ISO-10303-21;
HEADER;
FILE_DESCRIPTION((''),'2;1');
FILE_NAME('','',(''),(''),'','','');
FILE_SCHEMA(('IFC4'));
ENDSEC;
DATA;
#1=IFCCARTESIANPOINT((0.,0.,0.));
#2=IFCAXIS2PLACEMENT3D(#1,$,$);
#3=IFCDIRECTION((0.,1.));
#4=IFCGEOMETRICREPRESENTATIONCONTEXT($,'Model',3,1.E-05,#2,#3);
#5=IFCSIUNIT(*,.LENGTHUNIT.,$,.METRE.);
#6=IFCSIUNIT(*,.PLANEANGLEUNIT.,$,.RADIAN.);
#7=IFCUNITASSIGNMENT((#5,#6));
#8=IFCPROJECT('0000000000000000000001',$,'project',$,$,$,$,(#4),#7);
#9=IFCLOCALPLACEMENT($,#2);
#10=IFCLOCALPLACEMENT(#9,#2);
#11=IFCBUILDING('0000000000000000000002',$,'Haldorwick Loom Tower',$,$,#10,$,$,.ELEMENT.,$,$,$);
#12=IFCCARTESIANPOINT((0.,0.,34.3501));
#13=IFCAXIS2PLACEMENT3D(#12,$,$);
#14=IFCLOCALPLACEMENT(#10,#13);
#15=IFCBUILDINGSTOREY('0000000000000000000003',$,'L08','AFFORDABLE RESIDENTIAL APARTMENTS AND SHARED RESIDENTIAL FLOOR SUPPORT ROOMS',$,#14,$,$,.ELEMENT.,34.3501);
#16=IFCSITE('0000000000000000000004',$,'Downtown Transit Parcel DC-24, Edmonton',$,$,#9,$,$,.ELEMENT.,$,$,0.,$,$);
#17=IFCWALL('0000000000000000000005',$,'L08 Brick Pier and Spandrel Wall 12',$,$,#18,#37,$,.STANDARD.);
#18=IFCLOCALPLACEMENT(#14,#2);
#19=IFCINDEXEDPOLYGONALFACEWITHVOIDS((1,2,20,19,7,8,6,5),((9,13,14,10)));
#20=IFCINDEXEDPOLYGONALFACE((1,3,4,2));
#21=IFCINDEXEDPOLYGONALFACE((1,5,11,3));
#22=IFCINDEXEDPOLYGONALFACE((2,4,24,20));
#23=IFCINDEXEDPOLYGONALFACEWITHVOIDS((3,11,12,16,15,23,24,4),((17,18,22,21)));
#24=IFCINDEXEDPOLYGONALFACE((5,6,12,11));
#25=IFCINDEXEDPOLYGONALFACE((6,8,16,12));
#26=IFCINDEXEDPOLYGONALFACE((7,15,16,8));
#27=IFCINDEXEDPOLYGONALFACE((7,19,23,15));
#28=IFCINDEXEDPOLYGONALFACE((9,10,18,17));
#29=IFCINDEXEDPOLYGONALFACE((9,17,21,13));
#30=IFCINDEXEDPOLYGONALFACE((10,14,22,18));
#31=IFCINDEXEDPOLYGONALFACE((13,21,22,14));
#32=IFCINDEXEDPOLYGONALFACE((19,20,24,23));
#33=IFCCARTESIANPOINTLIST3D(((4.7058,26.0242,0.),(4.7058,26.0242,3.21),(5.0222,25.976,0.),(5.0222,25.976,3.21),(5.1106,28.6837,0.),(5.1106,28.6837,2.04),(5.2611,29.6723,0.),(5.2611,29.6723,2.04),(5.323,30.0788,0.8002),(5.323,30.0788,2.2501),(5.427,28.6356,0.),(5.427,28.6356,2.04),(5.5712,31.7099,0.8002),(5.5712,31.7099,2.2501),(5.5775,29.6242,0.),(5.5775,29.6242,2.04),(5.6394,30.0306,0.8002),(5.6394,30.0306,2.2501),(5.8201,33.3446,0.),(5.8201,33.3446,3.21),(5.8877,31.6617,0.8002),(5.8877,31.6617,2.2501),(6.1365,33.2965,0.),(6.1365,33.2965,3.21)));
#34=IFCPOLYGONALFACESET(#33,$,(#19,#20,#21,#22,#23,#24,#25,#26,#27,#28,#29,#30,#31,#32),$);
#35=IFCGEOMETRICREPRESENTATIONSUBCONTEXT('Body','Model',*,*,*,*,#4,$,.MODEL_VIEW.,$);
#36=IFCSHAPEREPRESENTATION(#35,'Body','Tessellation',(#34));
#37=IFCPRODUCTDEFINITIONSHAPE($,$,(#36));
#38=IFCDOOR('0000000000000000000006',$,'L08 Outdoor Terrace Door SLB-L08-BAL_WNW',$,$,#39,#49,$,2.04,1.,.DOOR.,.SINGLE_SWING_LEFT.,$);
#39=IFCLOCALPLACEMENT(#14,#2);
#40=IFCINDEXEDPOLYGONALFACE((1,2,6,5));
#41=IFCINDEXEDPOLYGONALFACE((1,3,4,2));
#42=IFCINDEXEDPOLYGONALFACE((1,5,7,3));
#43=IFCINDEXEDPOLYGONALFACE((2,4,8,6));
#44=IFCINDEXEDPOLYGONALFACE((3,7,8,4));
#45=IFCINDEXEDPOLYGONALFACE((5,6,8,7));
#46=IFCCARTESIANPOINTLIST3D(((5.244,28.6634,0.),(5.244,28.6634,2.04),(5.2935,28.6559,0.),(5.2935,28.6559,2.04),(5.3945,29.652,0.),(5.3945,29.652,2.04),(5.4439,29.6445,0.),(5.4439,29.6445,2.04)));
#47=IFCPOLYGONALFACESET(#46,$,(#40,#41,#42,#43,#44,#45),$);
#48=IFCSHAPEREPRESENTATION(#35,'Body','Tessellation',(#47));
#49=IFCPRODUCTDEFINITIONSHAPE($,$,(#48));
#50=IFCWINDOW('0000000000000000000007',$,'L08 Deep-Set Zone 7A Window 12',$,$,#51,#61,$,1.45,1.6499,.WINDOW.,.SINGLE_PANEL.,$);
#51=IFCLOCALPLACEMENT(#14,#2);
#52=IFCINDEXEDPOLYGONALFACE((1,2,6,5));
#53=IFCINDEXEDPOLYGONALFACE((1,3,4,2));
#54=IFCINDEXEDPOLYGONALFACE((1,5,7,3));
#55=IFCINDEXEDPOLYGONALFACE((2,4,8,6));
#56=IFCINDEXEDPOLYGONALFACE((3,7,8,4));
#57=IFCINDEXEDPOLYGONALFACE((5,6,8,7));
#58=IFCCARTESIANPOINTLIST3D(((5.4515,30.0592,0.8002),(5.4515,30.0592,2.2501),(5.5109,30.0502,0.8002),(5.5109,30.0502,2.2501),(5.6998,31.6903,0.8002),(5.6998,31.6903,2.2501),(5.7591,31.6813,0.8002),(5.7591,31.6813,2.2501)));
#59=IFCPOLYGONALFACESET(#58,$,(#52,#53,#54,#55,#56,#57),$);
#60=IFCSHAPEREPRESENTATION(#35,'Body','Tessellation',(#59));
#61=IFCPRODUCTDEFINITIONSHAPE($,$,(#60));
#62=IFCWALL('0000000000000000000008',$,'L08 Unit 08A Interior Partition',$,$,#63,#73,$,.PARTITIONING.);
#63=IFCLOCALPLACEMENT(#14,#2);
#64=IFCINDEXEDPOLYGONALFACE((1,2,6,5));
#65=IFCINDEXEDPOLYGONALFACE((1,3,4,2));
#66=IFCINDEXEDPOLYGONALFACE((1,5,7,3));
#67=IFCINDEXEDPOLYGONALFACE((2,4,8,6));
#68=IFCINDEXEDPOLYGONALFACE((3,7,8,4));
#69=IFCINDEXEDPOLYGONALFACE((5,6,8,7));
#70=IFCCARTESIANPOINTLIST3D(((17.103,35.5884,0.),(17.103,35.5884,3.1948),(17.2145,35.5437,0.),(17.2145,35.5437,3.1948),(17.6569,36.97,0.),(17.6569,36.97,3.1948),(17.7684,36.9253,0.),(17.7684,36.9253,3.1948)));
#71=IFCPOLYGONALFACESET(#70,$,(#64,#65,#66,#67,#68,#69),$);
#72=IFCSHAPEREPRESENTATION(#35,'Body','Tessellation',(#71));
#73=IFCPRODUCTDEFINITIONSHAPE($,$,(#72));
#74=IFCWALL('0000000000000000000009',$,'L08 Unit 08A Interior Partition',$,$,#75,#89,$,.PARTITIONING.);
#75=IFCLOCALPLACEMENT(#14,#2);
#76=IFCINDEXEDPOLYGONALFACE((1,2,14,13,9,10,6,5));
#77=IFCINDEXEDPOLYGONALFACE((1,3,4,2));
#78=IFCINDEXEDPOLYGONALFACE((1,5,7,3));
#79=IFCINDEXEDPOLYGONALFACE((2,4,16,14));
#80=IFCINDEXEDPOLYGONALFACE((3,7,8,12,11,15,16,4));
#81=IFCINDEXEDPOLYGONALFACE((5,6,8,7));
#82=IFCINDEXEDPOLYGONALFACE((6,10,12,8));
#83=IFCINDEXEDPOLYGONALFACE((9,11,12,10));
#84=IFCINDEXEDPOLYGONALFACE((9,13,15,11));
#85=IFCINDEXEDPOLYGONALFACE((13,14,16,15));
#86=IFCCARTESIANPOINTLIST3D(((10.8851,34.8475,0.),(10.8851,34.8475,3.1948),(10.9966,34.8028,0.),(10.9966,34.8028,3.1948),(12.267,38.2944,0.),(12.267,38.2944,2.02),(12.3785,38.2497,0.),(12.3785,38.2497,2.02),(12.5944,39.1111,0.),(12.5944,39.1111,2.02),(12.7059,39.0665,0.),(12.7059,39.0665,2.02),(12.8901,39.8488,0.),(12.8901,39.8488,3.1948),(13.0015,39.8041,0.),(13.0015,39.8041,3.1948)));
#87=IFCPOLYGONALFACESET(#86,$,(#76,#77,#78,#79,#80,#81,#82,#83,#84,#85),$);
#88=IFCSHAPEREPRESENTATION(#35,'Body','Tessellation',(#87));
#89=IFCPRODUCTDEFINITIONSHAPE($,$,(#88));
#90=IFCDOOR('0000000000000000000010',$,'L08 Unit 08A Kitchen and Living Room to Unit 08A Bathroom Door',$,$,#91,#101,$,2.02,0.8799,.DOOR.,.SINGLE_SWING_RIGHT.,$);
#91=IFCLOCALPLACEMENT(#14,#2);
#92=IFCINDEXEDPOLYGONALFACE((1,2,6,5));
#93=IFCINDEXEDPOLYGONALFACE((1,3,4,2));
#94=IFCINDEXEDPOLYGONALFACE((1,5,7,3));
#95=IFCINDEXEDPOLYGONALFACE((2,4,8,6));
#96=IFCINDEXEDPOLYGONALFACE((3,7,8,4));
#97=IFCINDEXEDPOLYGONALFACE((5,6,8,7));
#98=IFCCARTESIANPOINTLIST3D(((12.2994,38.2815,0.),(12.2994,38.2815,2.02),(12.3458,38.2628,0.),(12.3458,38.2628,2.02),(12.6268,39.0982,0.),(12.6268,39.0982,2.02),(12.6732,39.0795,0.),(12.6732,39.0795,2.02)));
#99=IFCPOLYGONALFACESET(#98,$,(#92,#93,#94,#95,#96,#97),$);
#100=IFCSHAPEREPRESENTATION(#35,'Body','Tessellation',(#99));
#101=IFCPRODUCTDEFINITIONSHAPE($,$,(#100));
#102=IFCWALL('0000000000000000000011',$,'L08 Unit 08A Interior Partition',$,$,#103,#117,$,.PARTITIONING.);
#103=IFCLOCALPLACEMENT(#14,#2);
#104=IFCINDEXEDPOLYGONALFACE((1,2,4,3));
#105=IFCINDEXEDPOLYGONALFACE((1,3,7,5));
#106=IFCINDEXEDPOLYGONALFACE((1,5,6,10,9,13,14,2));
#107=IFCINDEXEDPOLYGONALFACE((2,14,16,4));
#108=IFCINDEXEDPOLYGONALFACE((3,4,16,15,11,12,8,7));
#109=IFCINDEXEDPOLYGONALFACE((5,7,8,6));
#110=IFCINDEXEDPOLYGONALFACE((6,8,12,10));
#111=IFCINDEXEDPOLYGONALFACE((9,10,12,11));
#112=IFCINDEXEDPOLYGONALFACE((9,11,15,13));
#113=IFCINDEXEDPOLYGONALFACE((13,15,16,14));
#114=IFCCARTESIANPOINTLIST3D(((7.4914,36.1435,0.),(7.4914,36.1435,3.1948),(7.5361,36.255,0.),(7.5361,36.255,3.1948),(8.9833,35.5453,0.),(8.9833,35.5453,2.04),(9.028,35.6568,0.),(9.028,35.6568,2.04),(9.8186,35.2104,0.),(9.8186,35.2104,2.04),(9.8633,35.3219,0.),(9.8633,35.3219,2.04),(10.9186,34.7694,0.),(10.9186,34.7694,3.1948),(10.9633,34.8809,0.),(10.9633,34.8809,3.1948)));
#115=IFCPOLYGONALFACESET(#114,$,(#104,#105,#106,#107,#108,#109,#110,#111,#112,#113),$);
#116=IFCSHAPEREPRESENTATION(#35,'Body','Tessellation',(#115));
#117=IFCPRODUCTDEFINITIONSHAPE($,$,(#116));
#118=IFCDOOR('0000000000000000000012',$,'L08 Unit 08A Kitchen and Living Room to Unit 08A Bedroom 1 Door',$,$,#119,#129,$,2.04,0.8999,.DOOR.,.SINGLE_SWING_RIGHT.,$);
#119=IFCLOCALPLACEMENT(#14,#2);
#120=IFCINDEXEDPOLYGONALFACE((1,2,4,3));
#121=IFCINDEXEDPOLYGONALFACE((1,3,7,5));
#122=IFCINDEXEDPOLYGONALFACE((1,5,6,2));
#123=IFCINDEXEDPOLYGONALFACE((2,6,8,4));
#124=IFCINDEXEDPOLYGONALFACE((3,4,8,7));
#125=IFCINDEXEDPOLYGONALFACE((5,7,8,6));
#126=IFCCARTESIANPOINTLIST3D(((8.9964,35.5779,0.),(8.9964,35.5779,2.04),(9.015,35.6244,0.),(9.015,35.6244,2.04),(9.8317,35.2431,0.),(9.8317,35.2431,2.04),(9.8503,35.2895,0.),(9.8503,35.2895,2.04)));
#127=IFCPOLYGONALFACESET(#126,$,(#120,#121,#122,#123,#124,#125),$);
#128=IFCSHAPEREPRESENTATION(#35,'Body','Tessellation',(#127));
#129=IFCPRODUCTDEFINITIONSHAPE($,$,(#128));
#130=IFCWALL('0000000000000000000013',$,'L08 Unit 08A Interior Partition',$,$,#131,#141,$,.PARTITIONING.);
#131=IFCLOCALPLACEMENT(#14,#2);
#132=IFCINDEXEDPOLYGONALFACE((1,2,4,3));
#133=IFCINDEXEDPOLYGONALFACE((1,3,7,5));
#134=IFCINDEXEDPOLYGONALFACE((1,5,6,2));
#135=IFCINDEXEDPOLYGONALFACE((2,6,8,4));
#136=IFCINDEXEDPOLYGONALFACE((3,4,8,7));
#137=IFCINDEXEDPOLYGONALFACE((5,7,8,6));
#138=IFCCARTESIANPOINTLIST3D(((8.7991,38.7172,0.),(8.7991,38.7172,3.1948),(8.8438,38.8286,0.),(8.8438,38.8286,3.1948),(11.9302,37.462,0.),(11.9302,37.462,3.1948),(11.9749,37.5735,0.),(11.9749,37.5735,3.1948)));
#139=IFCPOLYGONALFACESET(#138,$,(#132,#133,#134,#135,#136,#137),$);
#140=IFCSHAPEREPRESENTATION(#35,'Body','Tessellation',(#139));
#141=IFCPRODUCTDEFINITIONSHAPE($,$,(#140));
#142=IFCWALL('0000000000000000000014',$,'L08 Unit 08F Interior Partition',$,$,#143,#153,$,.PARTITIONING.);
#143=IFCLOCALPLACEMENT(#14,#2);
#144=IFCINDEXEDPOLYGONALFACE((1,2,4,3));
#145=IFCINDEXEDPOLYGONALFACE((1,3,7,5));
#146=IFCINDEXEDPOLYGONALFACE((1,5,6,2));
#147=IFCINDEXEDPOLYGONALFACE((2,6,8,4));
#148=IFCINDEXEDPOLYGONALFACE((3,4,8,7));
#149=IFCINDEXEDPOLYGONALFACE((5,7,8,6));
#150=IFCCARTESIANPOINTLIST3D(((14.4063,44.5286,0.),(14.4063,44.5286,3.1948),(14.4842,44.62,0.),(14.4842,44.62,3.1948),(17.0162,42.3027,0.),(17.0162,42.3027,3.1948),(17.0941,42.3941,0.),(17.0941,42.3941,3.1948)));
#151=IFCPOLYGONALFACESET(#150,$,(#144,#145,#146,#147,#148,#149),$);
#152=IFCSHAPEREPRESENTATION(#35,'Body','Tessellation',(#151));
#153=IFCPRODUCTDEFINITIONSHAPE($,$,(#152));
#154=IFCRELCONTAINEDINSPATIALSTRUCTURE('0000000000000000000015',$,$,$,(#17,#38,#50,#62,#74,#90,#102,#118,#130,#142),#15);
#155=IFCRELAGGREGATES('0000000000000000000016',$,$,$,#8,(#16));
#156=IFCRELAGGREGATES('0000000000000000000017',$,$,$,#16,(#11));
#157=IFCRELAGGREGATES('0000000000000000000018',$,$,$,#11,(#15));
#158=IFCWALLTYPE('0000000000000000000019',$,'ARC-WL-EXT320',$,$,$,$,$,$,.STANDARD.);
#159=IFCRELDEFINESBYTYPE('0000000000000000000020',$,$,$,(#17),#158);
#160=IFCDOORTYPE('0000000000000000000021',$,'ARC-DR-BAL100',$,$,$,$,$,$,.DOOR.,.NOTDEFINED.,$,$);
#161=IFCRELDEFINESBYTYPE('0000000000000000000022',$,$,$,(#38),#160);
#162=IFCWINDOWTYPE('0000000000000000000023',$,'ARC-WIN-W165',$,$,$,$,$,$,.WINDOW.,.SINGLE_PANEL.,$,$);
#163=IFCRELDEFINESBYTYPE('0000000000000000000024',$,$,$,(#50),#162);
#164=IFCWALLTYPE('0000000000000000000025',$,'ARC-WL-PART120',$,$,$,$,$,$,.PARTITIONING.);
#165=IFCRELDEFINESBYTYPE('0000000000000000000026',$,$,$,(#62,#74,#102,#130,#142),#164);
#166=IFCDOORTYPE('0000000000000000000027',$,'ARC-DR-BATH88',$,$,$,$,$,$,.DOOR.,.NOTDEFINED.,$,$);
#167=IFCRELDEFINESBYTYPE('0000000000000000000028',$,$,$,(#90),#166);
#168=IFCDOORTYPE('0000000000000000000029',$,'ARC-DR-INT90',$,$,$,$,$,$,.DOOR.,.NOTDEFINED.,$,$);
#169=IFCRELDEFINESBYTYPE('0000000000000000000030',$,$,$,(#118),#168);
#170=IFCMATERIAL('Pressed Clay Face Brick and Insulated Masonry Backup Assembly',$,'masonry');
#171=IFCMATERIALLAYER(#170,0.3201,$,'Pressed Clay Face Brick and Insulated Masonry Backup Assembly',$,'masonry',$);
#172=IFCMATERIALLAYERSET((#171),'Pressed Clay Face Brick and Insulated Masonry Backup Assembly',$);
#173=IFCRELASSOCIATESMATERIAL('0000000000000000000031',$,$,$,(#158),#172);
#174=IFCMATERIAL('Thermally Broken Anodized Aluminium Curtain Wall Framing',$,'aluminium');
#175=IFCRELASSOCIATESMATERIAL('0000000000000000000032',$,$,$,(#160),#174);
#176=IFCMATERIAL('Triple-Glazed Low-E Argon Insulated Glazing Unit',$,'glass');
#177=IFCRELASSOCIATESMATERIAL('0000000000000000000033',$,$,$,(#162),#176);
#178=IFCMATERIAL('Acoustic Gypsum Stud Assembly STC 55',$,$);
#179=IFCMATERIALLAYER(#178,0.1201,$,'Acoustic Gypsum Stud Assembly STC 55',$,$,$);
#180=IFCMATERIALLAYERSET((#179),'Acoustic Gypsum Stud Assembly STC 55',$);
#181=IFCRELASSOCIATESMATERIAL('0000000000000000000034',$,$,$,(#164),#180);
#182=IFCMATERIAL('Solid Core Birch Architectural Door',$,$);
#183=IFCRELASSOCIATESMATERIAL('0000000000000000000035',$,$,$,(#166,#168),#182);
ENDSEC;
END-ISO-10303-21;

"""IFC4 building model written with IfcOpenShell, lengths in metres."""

from ifc_helpers import new_model, si_unit, direction, frame, frame_2d, origin, place, context, subcontext, project, spatial, rectangle, extrude, material, layer, layer_set, type_object, element, fill, save


model = new_model("IFC4")

# Units and contexts
model_context = context("Model", 3, precision=1e-05, world=origin(), true_north=direction((0.0, 1.0)))
body_context = subcontext(model_context, "Body", "Model", "MODEL_VIEW")
ifc_project = project(units=[si_unit("LENGTHUNIT", "METRE"), si_unit("PLANEANGLEUNIT", "RADIAN")], contexts=[model_context])

# Site, building, storey
site_placement = place(None, origin())
site = spatial("IfcSite", under=ifc_project, at=site_placement, Name="Downtown Transit Parcel DC-24, Edmonton", CompositionType="ELEMENT", RefElevation=0.0)
building_placement = place(site_placement, origin())
building = spatial("IfcBuilding", under=site, at=building_placement, Name="Haldorwick Loom Tower", CompositionType="ELEMENT")
storey_placement = place(building_placement, frame((0.0, 0.0, 34.3501)))
storey = spatial("IfcBuildingStorey", under=building, at=storey_placement, Name="L08", Description="AFFORDABLE RESIDENTIAL APARTMENTS AND SHARED RESIDENTIAL FLOOR SUPPORT ROOMS", CompositionType="ELEMENT", Elevation=34.3501)

# Shared definitions
ifc_material_1 = material(Name="Pressed Clay Face Brick and Insulated Masonry Backup Assembly", Category="masonry")
ifc_layer_1 = layer(ifc_material_1, 0.3201, Name="Pressed Clay Face Brick and Insulated Masonry Backup Assembly", Category="masonry")
ifc_layer_set_1 = layer_set([ifc_layer_1], Name="Pressed Clay Face Brick and Insulated Masonry Backup Assembly")
wall_type_1 = type_object("IfcWallType", Name="ARC-WL-EXT320", PredefinedType="STANDARD", material=ifc_layer_set_1)

# Wall, openings, door, window
wall_1_placement = place(storey_placement, frame((5.9783, 33.3206, 0.0), z_axis=(0.0, 0.0, 1.0), x_axis=(-0.150476, -0.988614, 0.0)))
wall_1 = element("IfcWall", 1, at=wall_1_placement, inside=storey, type_object=wall_type_1, Name="L08 Brick Pier and Spandrel Wall 12", PredefinedType="STANDARD", context=body_context, shape_type="SweptSolid", body=[
    extrude(rectangle(XDim=7.4048, YDim=0.3201, at=frame_2d((3.7024, 0.0))), origin(), (0.0, 0.0, 1.0), 3.21),
])
opening_1_placement = place(wall_1_placement, frame((3.7146, 0.0, 0.0)))
opening_1 = element("IfcOpeningElement", 2, at=opening_1_placement, cuts=wall_1, PredefinedType="OPENING", context=body_context, shape_type="SweptSolid", body=[
    extrude(rectangle(XDim=1.0, YDim=2.04, at=frame_2d((0.5, 1.02))), frame((0.0, 0.1699, 0.0), z_axis=(0.0, -1.0, 0.0), x_axis=(1.0, 0.0, 0.0)), (0.0, 0.0, 1.0), 0.3401),
])
opening_2_placement = place(wall_1_placement, frame((1.6536, 0.0, 0.8)))
opening_2 = element("IfcOpeningElement", 3, at=opening_2_placement, cuts=wall_1, PredefinedType="OPENING", context=body_context, shape_type="SweptSolid", body=[
    extrude(rectangle(XDim=1.6499, YDim=1.45, at=frame_2d((0.825, 0.7251))), frame((0.0, 0.1699, 0.0), z_axis=(0.0, -1.0, 0.0), x_axis=(1.0, 0.0, 0.0)), (0.0, 0.0, 1.0), 0.3401),
])
ifc_material_2 = material(Name="Thermally Broken Anodized Aluminium Curtain Wall Framing", Category="aluminium")
door_type_1 = type_object("IfcDoorType", Name="ARC-DR-BAL100", OperationType="NOTDEFINED", PredefinedType="DOOR", material=ifc_material_2)
door_1_placement = place(opening_1_placement, origin())
door_1 = element("IfcDoor", 4, at=door_1_placement, inside=storey, type_object=door_type_1, Name="L08 Outdoor Terrace Door SLB-L08-BAL_WNW", OperationType="SINGLE_SWING_LEFT", OverallHeight=2.04, OverallWidth=1.0, PredefinedType="DOOR", context=body_context, shape_type="SweptSolid", body=[
    extrude(rectangle(XDim=1.0, YDim=2.04, at=frame_2d((0.5, 1.02))), frame((0.0, 0.0249, 0.0), z_axis=(0.0, -1.0, 0.0), x_axis=(1.0, 0.0, 0.0)), (0.0, 0.0, 1.0), 0.05),
])
fill(opening_1, door_1)
ifc_material_3 = material(Name="Triple-Glazed Low-E Argon Insulated Glazing Unit", Category="glass")
window_type = type_object("IfcWindowType", Name="ARC-WIN-W165", PartitioningType="SINGLE_PANEL", PredefinedType="WINDOW", material=ifc_material_3)
window_placement = place(opening_2_placement, origin())
window = element("IfcWindow", 5, at=window_placement, inside=storey, type_object=window_type, Name="L08 Deep-Set Zone 7A Window 12", OverallHeight=1.45, OverallWidth=1.6499, PartitioningType="SINGLE_PANEL", PredefinedType="WINDOW", context=body_context, shape_type="SweptSolid", body=[
    extrude(rectangle(XDim=1.6499, YDim=1.45, at=frame_2d((0.825, 0.7251))), frame((0.0, 0.03, 0.0), z_axis=(0.0, -1.0, 0.0), x_axis=(1.0, 0.0, 0.0)), (0.0, 0.0, 1.0), 0.0601),
])
fill(opening_2, window)

# Wall
ifc_material_4 = material(Name="Acoustic Gypsum Stud Assembly STC 55")
ifc_layer_2 = layer(ifc_material_4, 0.1201, Name="Acoustic Gypsum Stud Assembly STC 55")
ifc_layer_set_2 = layer_set([ifc_layer_2], Name="Acoustic Gypsum Stud Assembly STC 55")
wall_type_2 = type_object("IfcWallType", Name="ARC-WL-PART120", PredefinedType="PARTITIONING", material=ifc_layer_set_2)
wall_2_placement = place(storey_placement, frame((17.7126, 36.9475, 0.0), z_axis=(0.0, 0.0, 1.0), x_axis=(-0.372154, -0.928171, 0.0)))
element("IfcWall", 6, at=wall_2_placement, inside=storey, type_object=wall_type_2, Name="L08 Unit 08A Interior Partition", PredefinedType="PARTITIONING", context=body_context, shape_type="SweptSolid", body=[
    extrude(rectangle(XDim=1.4885, YDim=0.1201, at=frame_2d((0.7441, 0.0))), origin(), (0.0, 0.0, 1.0), 3.1948),
])

# Walls, openings, doors
wall_3_placement = place(storey_placement, frame((12.9458, 39.8264, 0.0), z_axis=(0.0, 0.0, 1.0), x_axis=(-0.372094, -0.928195, 0.0)))
wall_3 = element("IfcWall", 7, at=wall_3_placement, inside=storey, type_object=wall_type_2, Name="L08 Unit 08A Interior Partition", PredefinedType="PARTITIONING", context=body_context, shape_type="SweptSolid", body=[
    extrude(rectangle(XDim=5.3882, YDim=0.1201, at=frame_2d((2.6941, 0.0))), origin(), (0.0, 0.0, 1.0), 3.1948),
])
opening_3_placement = place(wall_3_placement, frame((0.7947, 0.0, 0.0)))
opening_3 = element("IfcOpeningElement", 8, at=opening_3_placement, cuts=wall_3, PredefinedType="OPENING", context=body_context, shape_type="SweptSolid", body=[
    extrude(rectangle(XDim=0.8799, YDim=2.02, at=frame_2d((0.4399, 1.01))), frame((0.0, 0.0701, 0.0), z_axis=(0.0, -1.0, 0.0), x_axis=(1.0, 0.0, 0.0)), (0.0, 0.0, 1.0), 0.1401),
])
ifc_material_5 = material(Name="Solid Core Birch Architectural Door")
door_type_2 = type_object("IfcDoorType", Name="ARC-DR-BATH88", OperationType="NOTDEFINED", PredefinedType="DOOR", material=ifc_material_5)
door_2_placement = place(opening_3_placement, origin())
door_2 = element("IfcDoor", 9, at=door_2_placement, inside=storey, type_object=door_type_2, Name="L08 Unit 08A Kitchen and Living Room to Unit 08A Bathroom Door", OperationType="SINGLE_SWING_RIGHT", OverallHeight=2.02, OverallWidth=0.8799, PredefinedType="DOOR", context=body_context, shape_type="SweptSolid", body=[
    extrude(rectangle(XDim=0.8799, YDim=2.02, at=frame_2d((0.4399, 1.01))), frame((0.0, 0.0249, 0.0), z_axis=(0.0, -1.0, 0.0), x_axis=(1.0, 0.0, 0.0)), (0.0, 0.0, 1.0), 0.05),
])
fill(opening_3, door_2)
wall_4_placement = place(storey_placement, frame((10.9409, 34.8252, 0.0), z_axis=(0.0, 0.0, 1.0), x_axis=(-0.928185, 0.37212, 0.0)))
wall_4 = element("IfcWall", 10, at=wall_4_placement, inside=storey, type_object=wall_type_2, Name="L08 Unit 08A Interior Partition", PredefinedType="PARTITIONING", context=body_context, shape_type="SweptSolid", body=[
    extrude(rectangle(XDim=3.6924, YDim=0.1201, at=frame_2d((1.8462, 0.0))), origin(), (0.0, 0.0, 1.0), 3.1948),
])
opening_4_placement = place(wall_4_placement, frame((1.1851, 0.0, 0.0)))
opening_4 = element("IfcOpeningElement", 11, at=opening_4_placement, cuts=wall_4, PredefinedType="OPENING", context=body_context, shape_type="SweptSolid", body=[
    extrude(rectangle(XDim=0.8999, YDim=2.04, at=frame_2d((0.45, 1.02))), frame((0.0, 0.0701, 0.0), z_axis=(0.0, -1.0, 0.0), x_axis=(1.0, 0.0, 0.0)), (0.0, 0.0, 1.0), 0.1401),
])
door_type_3 = type_object("IfcDoorType", Name="ARC-DR-INT90", OperationType="NOTDEFINED", PredefinedType="DOOR", material=ifc_material_5)
door_3_placement = place(opening_4_placement, origin())
door_3 = element("IfcDoor", 12, at=door_3_placement, inside=storey, type_object=door_type_3, Name="L08 Unit 08A Kitchen and Living Room to Unit 08A Bedroom 1 Door", OperationType="SINGLE_SWING_RIGHT", OverallHeight=2.04, OverallWidth=0.8999, PredefinedType="DOOR", context=body_context, shape_type="SweptSolid", body=[
    extrude(rectangle(XDim=0.8999, YDim=2.04, at=frame_2d((0.45, 1.02))), frame((0.0, 0.0249, 0.0), z_axis=(0.0, -1.0, 0.0), x_axis=(1.0, 0.0, 0.0)), (0.0, 0.0, 1.0), 0.05),
])
fill(opening_4, door_3)

# Walls
wall_5_placement = place(storey_placement, frame((11.9524, 37.5178, 0.0), z_axis=(0.0, 0.0, 1.0), x_axis=(-0.928202, 0.372077, 0.0)))
element("IfcWall", 13, at=wall_5_placement, inside=storey, type_object=wall_type_2, Name="L08 Unit 08A Interior Partition", PredefinedType="PARTITIONING", context=body_context, shape_type="SweptSolid", body=[
    extrude(rectangle(XDim=3.3733, YDim=0.1201, at=frame_2d((1.6865, 0.0))), origin(), (0.0, 0.0, 1.0), 3.1948),
])
wall_6_placement = place(storey_placement, frame((17.0552, 42.3484, 0.0), z_axis=(0.0, 0.0, 1.0), x_axis=(-0.760867, 0.648908, 0.0)))
element("IfcWall", 14, at=wall_6_placement, inside=storey, type_object=wall_type_2, Name="L08 Unit 08F Interior Partition", PredefinedType="PARTITIONING", context=body_context, shape_type="SweptSolid", body=[
    extrude(rectangle(XDim=3.4302, YDim=0.1201, at=frame_2d((1.7151, 0.0))), origin(), (0.0, 0.0, 1.0), 3.1948),
])

save(model, "model.ifc")
